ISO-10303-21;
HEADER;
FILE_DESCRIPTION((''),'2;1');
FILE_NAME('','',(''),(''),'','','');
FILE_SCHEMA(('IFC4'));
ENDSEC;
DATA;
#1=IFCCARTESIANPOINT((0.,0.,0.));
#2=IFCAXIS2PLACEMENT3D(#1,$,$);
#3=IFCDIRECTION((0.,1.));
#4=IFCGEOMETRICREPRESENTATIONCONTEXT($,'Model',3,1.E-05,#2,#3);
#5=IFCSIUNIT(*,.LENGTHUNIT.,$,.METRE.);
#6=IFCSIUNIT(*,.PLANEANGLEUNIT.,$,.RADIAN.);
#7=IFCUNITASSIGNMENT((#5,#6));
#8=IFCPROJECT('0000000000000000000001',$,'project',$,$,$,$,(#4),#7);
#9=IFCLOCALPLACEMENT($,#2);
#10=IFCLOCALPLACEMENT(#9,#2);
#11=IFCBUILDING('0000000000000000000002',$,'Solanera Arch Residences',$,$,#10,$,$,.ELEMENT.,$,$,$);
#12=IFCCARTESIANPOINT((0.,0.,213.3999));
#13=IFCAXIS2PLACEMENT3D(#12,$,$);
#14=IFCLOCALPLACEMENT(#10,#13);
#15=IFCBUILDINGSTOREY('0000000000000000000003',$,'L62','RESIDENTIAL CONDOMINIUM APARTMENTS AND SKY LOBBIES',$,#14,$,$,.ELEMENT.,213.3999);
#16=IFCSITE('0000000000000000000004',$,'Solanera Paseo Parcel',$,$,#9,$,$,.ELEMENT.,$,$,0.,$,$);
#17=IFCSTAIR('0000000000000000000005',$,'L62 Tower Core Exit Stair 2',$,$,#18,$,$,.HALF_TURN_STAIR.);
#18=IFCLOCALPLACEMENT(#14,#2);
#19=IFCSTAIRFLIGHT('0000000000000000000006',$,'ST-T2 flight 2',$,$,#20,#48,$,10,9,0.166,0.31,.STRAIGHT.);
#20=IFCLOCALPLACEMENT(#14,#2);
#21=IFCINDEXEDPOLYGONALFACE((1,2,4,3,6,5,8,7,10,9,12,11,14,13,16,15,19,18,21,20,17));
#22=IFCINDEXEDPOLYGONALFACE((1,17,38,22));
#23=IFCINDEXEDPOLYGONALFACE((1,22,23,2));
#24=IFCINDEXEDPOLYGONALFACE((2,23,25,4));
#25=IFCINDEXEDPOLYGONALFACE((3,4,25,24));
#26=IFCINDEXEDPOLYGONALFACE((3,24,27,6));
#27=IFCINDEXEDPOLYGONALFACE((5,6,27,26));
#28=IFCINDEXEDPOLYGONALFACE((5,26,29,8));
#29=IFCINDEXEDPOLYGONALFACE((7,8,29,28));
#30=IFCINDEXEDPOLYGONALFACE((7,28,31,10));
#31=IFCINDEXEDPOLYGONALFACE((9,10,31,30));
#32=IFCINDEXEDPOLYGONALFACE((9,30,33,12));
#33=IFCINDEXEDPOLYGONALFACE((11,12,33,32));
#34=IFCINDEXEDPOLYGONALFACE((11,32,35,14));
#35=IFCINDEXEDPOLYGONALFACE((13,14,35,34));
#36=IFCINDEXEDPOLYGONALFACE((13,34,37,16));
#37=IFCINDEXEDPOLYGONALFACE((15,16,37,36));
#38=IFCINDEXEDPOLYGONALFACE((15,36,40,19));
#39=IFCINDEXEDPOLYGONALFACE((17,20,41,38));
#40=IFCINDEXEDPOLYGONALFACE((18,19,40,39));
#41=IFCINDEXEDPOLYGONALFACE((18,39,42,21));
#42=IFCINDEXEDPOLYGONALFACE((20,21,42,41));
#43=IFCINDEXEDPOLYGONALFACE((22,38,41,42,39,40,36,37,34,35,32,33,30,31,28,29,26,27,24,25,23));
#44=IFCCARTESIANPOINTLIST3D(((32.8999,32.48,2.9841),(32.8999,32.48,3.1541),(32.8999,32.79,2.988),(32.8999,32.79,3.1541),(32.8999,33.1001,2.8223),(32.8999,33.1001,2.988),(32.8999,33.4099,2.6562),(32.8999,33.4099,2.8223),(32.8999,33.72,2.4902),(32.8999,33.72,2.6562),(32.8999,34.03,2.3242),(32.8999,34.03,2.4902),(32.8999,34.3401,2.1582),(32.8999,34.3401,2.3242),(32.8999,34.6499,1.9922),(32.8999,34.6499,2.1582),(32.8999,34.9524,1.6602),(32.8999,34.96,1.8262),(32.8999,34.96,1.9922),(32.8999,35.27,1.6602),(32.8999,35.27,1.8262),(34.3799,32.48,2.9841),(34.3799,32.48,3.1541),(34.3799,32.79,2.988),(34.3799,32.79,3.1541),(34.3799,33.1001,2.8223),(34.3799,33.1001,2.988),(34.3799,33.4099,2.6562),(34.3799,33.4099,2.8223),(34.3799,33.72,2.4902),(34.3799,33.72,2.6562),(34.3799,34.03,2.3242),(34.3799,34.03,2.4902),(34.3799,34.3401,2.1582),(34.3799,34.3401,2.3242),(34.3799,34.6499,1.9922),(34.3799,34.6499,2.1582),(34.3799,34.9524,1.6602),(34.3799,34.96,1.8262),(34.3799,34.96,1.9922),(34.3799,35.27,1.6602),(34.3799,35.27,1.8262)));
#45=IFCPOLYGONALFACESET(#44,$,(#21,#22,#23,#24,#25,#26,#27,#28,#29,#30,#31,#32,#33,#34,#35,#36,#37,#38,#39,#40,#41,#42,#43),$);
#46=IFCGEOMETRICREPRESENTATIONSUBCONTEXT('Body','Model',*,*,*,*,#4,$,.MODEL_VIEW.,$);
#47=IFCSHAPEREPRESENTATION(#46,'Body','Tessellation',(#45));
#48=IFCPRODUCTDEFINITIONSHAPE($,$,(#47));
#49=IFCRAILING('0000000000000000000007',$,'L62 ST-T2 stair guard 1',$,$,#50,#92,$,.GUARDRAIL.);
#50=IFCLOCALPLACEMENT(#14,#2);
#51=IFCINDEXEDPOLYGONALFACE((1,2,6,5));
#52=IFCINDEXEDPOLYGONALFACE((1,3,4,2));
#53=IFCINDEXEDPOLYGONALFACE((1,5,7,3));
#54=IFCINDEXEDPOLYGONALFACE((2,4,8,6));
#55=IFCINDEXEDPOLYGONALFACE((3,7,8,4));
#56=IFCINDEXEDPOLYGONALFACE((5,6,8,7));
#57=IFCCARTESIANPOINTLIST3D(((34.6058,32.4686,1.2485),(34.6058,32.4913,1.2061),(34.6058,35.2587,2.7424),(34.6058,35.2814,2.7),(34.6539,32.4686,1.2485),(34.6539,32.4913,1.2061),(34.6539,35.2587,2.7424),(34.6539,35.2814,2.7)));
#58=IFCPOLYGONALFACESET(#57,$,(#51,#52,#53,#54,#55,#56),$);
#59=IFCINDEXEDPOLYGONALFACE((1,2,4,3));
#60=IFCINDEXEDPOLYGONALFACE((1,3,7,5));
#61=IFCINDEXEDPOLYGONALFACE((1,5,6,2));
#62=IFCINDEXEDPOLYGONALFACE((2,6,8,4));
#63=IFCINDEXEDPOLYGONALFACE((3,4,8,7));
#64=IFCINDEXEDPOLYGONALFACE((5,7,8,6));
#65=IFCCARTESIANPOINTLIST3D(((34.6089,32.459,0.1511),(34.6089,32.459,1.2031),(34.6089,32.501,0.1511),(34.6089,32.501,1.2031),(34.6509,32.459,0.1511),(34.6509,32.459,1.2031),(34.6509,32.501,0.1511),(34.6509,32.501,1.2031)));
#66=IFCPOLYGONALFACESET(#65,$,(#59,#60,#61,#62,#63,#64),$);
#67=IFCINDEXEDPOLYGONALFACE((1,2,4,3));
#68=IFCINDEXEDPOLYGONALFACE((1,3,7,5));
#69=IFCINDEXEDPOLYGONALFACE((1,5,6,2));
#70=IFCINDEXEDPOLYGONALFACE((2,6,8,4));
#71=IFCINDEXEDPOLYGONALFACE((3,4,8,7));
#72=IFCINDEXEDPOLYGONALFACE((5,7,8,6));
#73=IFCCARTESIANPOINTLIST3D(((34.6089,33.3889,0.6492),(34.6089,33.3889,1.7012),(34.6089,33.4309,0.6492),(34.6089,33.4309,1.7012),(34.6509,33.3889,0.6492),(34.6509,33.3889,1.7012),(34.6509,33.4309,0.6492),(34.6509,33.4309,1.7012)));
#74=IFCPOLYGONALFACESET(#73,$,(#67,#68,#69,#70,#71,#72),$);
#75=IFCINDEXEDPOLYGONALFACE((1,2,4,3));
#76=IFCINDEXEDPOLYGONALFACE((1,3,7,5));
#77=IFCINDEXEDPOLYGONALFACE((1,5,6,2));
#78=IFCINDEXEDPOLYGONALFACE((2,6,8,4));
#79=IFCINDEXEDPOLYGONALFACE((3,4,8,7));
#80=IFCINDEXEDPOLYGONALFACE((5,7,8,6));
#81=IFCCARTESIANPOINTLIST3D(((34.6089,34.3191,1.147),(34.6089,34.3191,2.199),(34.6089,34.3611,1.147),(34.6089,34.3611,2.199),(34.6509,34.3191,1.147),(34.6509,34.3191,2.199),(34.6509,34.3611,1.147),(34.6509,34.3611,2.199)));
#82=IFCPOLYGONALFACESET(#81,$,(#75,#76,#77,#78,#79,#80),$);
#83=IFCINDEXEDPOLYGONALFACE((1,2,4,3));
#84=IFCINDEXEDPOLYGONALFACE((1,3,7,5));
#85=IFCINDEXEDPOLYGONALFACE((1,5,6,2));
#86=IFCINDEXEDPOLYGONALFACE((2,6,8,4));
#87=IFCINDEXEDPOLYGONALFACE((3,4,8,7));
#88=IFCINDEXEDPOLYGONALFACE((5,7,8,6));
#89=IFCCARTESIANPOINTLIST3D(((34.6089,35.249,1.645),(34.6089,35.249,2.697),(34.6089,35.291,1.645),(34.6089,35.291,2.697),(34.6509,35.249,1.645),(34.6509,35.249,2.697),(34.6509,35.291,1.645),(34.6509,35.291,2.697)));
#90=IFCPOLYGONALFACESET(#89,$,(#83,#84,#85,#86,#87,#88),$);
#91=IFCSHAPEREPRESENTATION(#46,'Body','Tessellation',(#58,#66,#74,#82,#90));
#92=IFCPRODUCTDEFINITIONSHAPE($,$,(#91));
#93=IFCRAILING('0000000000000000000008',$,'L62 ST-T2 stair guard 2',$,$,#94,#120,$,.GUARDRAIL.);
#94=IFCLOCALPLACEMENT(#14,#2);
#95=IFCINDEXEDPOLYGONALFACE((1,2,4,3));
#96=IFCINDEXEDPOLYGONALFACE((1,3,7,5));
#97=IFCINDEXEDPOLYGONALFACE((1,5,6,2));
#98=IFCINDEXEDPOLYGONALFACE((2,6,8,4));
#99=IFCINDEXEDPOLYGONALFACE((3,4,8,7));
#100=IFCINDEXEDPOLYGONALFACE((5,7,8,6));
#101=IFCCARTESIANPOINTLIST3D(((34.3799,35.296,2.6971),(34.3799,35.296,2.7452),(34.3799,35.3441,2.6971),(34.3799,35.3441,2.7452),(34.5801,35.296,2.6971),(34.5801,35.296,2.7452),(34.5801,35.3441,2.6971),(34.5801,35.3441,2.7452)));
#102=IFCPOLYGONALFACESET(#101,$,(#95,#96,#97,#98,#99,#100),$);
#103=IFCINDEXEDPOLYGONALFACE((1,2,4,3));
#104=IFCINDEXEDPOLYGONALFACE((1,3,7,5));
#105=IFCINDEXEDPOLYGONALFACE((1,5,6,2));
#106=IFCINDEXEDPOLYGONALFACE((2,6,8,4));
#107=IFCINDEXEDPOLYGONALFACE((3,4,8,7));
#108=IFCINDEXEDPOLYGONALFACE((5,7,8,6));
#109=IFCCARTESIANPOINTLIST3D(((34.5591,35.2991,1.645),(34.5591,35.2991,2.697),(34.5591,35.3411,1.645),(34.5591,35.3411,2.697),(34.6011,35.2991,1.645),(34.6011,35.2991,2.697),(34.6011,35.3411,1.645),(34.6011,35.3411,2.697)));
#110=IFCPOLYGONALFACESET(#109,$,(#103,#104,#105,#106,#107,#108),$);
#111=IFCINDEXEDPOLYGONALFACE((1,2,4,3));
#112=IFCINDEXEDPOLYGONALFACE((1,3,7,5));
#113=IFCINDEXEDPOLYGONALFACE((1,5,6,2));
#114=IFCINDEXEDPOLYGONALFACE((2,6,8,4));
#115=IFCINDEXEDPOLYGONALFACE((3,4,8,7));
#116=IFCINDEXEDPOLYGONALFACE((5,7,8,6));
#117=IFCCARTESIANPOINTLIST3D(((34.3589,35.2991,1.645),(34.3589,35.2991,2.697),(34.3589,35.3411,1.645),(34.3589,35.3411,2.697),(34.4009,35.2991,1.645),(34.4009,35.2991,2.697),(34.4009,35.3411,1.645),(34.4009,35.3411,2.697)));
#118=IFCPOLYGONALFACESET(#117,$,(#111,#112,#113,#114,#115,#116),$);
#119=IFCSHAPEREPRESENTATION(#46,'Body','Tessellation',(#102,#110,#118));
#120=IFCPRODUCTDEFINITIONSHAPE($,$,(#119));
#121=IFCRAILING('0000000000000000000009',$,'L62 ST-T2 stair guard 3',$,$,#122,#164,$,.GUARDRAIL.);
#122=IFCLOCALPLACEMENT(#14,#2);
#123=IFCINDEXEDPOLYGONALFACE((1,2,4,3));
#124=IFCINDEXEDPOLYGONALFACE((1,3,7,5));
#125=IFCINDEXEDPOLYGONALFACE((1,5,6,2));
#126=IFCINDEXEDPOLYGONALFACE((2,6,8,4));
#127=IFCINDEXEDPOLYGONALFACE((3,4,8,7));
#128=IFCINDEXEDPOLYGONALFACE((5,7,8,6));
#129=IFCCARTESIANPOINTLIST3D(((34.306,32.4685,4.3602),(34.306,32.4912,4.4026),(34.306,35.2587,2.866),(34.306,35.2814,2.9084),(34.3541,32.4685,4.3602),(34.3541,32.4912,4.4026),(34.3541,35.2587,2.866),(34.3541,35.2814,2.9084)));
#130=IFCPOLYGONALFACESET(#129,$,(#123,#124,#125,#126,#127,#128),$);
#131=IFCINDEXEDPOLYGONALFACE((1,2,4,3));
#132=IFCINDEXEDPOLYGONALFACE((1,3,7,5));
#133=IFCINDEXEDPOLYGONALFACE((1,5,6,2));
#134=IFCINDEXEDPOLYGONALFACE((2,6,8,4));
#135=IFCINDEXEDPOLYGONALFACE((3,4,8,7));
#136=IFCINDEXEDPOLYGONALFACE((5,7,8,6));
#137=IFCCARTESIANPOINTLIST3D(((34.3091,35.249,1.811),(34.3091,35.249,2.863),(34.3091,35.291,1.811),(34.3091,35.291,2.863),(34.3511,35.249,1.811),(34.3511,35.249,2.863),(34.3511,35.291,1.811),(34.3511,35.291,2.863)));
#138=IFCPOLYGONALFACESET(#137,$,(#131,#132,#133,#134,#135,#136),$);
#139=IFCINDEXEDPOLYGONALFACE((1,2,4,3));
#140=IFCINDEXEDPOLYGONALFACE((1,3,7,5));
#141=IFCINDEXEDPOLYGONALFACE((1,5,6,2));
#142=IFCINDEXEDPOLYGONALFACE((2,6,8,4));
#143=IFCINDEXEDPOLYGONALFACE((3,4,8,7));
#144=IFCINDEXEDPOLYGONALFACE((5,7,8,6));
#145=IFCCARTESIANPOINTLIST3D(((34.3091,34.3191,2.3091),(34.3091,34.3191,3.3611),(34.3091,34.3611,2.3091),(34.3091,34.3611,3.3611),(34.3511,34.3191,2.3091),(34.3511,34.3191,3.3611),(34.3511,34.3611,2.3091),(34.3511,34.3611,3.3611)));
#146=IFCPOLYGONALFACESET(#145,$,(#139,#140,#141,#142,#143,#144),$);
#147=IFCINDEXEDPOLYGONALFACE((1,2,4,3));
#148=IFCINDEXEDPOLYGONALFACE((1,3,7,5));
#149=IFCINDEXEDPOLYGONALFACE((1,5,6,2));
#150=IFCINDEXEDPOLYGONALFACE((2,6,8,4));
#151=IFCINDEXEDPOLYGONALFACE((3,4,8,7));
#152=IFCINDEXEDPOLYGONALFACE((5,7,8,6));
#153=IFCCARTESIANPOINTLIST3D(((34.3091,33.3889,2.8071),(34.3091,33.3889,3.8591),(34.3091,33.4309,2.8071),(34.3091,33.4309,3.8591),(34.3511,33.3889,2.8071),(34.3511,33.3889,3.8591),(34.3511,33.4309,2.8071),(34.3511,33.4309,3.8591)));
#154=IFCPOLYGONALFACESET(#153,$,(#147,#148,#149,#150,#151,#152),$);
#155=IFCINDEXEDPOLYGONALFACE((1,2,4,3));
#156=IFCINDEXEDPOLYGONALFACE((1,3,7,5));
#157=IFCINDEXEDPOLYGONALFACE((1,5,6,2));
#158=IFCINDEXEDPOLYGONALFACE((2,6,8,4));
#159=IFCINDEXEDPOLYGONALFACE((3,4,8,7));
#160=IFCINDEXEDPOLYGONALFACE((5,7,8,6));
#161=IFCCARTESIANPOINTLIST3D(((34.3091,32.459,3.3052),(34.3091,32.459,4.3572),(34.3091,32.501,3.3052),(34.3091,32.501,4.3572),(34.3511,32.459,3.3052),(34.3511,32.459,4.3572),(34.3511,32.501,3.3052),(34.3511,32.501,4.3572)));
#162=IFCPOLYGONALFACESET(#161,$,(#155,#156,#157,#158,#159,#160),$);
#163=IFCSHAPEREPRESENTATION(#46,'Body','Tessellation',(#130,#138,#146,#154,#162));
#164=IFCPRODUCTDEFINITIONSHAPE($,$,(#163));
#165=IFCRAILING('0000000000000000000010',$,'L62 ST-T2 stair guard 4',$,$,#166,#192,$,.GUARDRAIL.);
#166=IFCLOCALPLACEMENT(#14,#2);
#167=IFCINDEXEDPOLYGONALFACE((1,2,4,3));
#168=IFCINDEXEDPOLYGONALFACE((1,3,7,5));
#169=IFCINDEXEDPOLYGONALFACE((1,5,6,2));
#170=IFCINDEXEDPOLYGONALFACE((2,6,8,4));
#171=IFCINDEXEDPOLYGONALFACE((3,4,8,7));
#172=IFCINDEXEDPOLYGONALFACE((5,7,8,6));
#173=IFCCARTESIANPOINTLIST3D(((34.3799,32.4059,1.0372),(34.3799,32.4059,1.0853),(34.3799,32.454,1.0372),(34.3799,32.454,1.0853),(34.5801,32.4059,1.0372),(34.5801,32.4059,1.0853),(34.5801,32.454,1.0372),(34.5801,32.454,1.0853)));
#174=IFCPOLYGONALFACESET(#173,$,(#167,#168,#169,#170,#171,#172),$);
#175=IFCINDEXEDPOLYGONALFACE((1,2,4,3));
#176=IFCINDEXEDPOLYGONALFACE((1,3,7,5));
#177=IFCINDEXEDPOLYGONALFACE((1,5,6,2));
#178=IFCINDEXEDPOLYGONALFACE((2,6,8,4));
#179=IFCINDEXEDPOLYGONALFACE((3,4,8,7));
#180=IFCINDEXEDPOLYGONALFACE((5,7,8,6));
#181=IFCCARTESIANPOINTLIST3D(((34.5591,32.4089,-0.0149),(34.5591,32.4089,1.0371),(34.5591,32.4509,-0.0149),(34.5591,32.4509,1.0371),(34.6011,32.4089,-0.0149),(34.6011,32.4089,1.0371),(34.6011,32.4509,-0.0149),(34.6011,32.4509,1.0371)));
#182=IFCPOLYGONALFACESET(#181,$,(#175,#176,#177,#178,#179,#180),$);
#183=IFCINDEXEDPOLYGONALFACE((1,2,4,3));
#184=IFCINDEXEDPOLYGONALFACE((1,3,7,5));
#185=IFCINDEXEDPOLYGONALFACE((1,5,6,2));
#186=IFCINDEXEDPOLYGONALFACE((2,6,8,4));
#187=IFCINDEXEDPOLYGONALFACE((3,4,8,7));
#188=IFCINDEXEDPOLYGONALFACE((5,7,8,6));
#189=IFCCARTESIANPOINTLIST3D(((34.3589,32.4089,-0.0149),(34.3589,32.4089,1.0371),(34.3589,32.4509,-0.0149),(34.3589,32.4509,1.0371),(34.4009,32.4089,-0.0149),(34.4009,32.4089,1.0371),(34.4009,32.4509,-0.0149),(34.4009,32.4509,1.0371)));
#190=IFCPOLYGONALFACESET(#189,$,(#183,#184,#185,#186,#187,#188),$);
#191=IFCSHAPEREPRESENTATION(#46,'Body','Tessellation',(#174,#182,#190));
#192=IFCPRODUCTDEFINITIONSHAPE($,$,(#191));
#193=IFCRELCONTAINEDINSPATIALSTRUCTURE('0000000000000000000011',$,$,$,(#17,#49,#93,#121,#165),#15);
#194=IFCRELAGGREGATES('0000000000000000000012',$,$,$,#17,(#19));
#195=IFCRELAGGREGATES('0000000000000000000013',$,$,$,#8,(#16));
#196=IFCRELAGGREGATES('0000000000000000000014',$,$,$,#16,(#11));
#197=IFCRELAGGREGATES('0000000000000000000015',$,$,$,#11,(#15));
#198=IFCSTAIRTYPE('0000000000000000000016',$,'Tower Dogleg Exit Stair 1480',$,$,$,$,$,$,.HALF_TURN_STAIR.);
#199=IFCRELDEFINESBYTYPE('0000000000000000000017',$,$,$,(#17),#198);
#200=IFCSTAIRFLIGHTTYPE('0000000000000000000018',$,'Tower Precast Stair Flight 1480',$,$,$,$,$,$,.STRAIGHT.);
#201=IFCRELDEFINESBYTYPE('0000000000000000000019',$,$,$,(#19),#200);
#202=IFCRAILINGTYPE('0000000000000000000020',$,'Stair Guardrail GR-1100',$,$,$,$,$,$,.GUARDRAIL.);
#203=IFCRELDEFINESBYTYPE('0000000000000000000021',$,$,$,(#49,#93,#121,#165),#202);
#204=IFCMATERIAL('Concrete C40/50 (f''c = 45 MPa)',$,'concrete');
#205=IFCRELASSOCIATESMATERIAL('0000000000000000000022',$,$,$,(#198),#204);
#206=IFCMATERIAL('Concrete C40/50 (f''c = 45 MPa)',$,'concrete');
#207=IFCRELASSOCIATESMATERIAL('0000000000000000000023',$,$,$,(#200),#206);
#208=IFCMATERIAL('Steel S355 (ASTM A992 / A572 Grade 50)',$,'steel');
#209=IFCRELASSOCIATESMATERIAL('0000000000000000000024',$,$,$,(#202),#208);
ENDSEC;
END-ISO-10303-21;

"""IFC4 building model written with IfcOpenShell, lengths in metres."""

from ifc_helpers import new_model, si_unit, direction, frame, origin, origin_2d, place, context, subcontext, project, spatial, polyline, rectangle, outline, extrude, material, type_object, element, aggregate, save


model = new_model("IFC4")

# Units and contexts
model_context = context("Model", 3, precision=1e-05, world=origin(), true_north=direction((0.0, 1.0)))
body_context = subcontext(model_context, "Body", "Model", "MODEL_VIEW")
ifc_project = project(units=[si_unit("LENGTHUNIT", "METRE"), si_unit("PLANEANGLEUNIT", "RADIAN")], contexts=[model_context])

# Site, building, storey
site_placement = place(None, origin())
site = spatial("IfcSite", under=ifc_project, at=site_placement, Name="Solanera Paseo Parcel", CompositionType="ELEMENT", RefElevation=0.0)
building_placement = place(site_placement, origin())
building = spatial("IfcBuilding", under=site, at=building_placement, Name="Solanera Arch Residences", CompositionType="ELEMENT")
storey_placement = place(building_placement, frame((0.0, 0.0, 213.3999)))
storey = spatial("IfcBuildingStorey", under=building, at=storey_placement, Name="L62", Description="RESIDENTIAL CONDOMINIUM APARTMENTS AND SKY LOBBIES", CompositionType="ELEMENT", Elevation=213.3999)

# Stair, stair flight
ifc_material_1 = material(Name="Concrete C40/50 (f'c = 45 MPa)", Category="concrete")
stair_type = type_object("IfcStairType", Name="Tower Dogleg Exit Stair 1480", PredefinedType="HALF_TURN_STAIR", material=ifc_material_1)
stair_placement = place(storey_placement, origin())
stair = element("IfcStair", 1, at=stair_placement, inside=storey, type_object=stair_type, Name="L62 Tower Core Exit Stair 2", PredefinedType="HALF_TURN_STAIR")
ifc_material_2 = material(Name="Concrete C40/50 (f'c = 45 MPa)", Category="concrete")
stair_flight_type = type_object("IfcStairFlightType", Name="Tower Precast Stair Flight 1480", PredefinedType="STRAIGHT", material=ifc_material_2)
stair_flight_1_placement = place(storey_placement, frame((33.6399, 35.27, 1.6602), z_axis=(0.0, 0.0, 1.0), x_axis=(0.0, -1.0, 0.0)))
stair_flight_1 = element("IfcStairFlight", 2, at=stair_flight_1_placement, type_object=stair_flight_type, Name="ST-T2 flight 2", NumberOfRisers=10, NumberOfTreads=9, PredefinedType="STRAIGHT", RiserHeight=0.166, TreadLength=0.31, context=body_context, shape_type="SweptSolid", body=[
    extrude(outline(polyline([(0.0, 0.0), (0.0, 0.166), (0.3101, 0.166), (0.3101, 0.332), (0.6201, 0.332), (0.6201, 0.498), (0.9299, 0.498), (0.9299, 0.6641), (1.24, 0.6641), (1.24, 0.8301), (1.55, 0.8301), (1.55, 0.9961), (1.8601, 0.9961), (1.8601, 1.1621), (2.1699, 1.1621), (2.1699, 1.3279), (2.48, 1.3279), (2.48, 1.4939), (2.79, 1.4939), (2.79, 1.6599), (2.79, 1.324), (0.3176, 0.0), (0.0, 0.0)])), frame((0.0, 0.74, 0.0), z_axis=(0.0, -1.0, 0.0), x_axis=(1.0, 0.0, 0.0)), (0.0, 0.0, 1.0), 1.48),
])
aggregate(stair, [stair_flight_1])

# Railings
ifc_material_3 = material(Name="Steel S355 (ASTM A992 / A572 Grade 50)", Category="steel")
railing_type_1 = type_object("IfcRailingType", Name="Stair Guardrail GR-1100", PredefinedType="GUARDRAIL", material=ifc_material_3)
railing_1_placement = place(storey_placement, frame((34.6299, 32.48, 0.1511)))
element("IfcRailing", 3, at=railing_1_placement, inside=storey, type_object=railing_type_1, Name="L62 ST-T2 stair guard 1", PredefinedType="GUARDRAIL", context=body_context, shape_type="SweptSolid", body=[
    extrude(rectangle(XDim=0.0481, YDim=0.0481, at=origin_2d()), frame((0.0, 0.0, 1.0762), z_axis=(0.0, 0.881581, 0.472033), x_axis=(-1.0, 0.0, 0.0)), (0.0, 0.0, 1.0), 3.1648),
    extrude(rectangle(XDim=0.042, YDim=0.042, at=origin_2d()), origin(), (0.0, 0.0, 1.0), 1.052),
    extrude(rectangle(XDim=0.042, YDim=0.042, at=origin_2d()), frame((0.0, 0.9299, 0.498)), (0.0, 0.0, 1.0), 1.052),
    extrude(rectangle(XDim=0.042, YDim=0.042, at=origin_2d()), frame((0.0, 1.8601, 0.9958)), (0.0, 0.0, 1.0), 1.052),
    extrude(rectangle(XDim=0.042, YDim=0.042, at=origin_2d()), frame((0.0, 2.79, 1.4939)), (0.0, 0.0, 1.0), 1.052),
])
railing_2_placement = place(storey_placement, frame((34.5801, 35.3201, 1.645)))
element("IfcRailing", 4, at=railing_2_placement, inside=storey, type_object=railing_type_1, Name="L62 ST-T2 stair guard 2", PredefinedType="GUARDRAIL", context=body_context, shape_type="SweptSolid", body=[
    extrude(rectangle(XDim=0.0481, YDim=0.0481, at=origin_2d()), frame((0.0, 0.0, 1.0762), z_axis=(-1.0, 0.0, 0.0), x_axis=(0.0, -1.0, 0.0)), (0.0, 0.0, 1.0), 0.2002),
    extrude(rectangle(XDim=0.042, YDim=0.042, at=origin_2d()), origin(), (0.0, 0.0, 1.0), 1.052),
    extrude(rectangle(XDim=0.042, YDim=0.042, at=origin_2d()), frame((-0.2002, 0.0, 0.0)), (0.0, 0.0, 1.0), 1.052),
])
railing_3_placement = place(storey_placement, frame((34.3301, 35.27, 1.811)))
element("IfcRailing", 5, at=railing_3_placement, inside=storey, type_object=railing_type_1, Name="L62 ST-T2 stair guard 3", PredefinedType="GUARDRAIL", context=body_context, shape_type="SweptSolid", body=[
    extrude(rectangle(XDim=0.0481, YDim=0.0481, at=origin_2d()), frame((0.0, 0.0, 1.0762), z_axis=(0.0, -0.881549, 0.472093), x_axis=(1.0, 0.0, 0.0)), (0.0, 0.0, 1.0), 3.165),
    extrude(rectangle(XDim=0.042, YDim=0.042, at=origin_2d()), origin(), (0.0, 0.0, 1.0), 1.052),
    extrude(rectangle(XDim=0.042, YDim=0.042, at=origin_2d()), frame((0.0, -0.9299, 0.498)), (0.0, 0.0, 1.0), 1.052),
    extrude(rectangle(XDim=0.042, YDim=0.042, at=origin_2d()), frame((0.0, -1.8601, 0.9961)), (0.0, 0.0, 1.0), 1.052),
    extrude(rectangle(XDim=0.042, YDim=0.042, at=origin_2d()), frame((0.0, -2.79, 1.4941)), (0.0, 0.0, 1.0), 1.052),
])
railing_4_placement = place(storey_placement, frame((34.5801, 32.4299, -0.0149)))
element("IfcRailing", 6, at=railing_4_placement, inside=storey, type_object=railing_type_1, Name="L62 ST-T2 stair guard 4", PredefinedType="GUARDRAIL", context=body_context, shape_type="SweptSolid", body=[
    extrude(rectangle(XDim=0.0481, YDim=0.0481, at=origin_2d()), frame((0.0, 0.0, 1.0762), z_axis=(-1.0, 0.0, 0.0), x_axis=(0.0, -1.0, 0.0)), (0.0, 0.0, 1.0), 0.2002),
    extrude(rectangle(XDim=0.042, YDim=0.042, at=origin_2d()), origin(), (0.0, 0.0, 1.0), 1.052),
    extrude(rectangle(XDim=0.042, YDim=0.042, at=origin_2d()), frame((-0.2002, 0.0, 0.0)), (0.0, 0.0, 1.0), 1.052),
])

save(model, "model.ifc")
